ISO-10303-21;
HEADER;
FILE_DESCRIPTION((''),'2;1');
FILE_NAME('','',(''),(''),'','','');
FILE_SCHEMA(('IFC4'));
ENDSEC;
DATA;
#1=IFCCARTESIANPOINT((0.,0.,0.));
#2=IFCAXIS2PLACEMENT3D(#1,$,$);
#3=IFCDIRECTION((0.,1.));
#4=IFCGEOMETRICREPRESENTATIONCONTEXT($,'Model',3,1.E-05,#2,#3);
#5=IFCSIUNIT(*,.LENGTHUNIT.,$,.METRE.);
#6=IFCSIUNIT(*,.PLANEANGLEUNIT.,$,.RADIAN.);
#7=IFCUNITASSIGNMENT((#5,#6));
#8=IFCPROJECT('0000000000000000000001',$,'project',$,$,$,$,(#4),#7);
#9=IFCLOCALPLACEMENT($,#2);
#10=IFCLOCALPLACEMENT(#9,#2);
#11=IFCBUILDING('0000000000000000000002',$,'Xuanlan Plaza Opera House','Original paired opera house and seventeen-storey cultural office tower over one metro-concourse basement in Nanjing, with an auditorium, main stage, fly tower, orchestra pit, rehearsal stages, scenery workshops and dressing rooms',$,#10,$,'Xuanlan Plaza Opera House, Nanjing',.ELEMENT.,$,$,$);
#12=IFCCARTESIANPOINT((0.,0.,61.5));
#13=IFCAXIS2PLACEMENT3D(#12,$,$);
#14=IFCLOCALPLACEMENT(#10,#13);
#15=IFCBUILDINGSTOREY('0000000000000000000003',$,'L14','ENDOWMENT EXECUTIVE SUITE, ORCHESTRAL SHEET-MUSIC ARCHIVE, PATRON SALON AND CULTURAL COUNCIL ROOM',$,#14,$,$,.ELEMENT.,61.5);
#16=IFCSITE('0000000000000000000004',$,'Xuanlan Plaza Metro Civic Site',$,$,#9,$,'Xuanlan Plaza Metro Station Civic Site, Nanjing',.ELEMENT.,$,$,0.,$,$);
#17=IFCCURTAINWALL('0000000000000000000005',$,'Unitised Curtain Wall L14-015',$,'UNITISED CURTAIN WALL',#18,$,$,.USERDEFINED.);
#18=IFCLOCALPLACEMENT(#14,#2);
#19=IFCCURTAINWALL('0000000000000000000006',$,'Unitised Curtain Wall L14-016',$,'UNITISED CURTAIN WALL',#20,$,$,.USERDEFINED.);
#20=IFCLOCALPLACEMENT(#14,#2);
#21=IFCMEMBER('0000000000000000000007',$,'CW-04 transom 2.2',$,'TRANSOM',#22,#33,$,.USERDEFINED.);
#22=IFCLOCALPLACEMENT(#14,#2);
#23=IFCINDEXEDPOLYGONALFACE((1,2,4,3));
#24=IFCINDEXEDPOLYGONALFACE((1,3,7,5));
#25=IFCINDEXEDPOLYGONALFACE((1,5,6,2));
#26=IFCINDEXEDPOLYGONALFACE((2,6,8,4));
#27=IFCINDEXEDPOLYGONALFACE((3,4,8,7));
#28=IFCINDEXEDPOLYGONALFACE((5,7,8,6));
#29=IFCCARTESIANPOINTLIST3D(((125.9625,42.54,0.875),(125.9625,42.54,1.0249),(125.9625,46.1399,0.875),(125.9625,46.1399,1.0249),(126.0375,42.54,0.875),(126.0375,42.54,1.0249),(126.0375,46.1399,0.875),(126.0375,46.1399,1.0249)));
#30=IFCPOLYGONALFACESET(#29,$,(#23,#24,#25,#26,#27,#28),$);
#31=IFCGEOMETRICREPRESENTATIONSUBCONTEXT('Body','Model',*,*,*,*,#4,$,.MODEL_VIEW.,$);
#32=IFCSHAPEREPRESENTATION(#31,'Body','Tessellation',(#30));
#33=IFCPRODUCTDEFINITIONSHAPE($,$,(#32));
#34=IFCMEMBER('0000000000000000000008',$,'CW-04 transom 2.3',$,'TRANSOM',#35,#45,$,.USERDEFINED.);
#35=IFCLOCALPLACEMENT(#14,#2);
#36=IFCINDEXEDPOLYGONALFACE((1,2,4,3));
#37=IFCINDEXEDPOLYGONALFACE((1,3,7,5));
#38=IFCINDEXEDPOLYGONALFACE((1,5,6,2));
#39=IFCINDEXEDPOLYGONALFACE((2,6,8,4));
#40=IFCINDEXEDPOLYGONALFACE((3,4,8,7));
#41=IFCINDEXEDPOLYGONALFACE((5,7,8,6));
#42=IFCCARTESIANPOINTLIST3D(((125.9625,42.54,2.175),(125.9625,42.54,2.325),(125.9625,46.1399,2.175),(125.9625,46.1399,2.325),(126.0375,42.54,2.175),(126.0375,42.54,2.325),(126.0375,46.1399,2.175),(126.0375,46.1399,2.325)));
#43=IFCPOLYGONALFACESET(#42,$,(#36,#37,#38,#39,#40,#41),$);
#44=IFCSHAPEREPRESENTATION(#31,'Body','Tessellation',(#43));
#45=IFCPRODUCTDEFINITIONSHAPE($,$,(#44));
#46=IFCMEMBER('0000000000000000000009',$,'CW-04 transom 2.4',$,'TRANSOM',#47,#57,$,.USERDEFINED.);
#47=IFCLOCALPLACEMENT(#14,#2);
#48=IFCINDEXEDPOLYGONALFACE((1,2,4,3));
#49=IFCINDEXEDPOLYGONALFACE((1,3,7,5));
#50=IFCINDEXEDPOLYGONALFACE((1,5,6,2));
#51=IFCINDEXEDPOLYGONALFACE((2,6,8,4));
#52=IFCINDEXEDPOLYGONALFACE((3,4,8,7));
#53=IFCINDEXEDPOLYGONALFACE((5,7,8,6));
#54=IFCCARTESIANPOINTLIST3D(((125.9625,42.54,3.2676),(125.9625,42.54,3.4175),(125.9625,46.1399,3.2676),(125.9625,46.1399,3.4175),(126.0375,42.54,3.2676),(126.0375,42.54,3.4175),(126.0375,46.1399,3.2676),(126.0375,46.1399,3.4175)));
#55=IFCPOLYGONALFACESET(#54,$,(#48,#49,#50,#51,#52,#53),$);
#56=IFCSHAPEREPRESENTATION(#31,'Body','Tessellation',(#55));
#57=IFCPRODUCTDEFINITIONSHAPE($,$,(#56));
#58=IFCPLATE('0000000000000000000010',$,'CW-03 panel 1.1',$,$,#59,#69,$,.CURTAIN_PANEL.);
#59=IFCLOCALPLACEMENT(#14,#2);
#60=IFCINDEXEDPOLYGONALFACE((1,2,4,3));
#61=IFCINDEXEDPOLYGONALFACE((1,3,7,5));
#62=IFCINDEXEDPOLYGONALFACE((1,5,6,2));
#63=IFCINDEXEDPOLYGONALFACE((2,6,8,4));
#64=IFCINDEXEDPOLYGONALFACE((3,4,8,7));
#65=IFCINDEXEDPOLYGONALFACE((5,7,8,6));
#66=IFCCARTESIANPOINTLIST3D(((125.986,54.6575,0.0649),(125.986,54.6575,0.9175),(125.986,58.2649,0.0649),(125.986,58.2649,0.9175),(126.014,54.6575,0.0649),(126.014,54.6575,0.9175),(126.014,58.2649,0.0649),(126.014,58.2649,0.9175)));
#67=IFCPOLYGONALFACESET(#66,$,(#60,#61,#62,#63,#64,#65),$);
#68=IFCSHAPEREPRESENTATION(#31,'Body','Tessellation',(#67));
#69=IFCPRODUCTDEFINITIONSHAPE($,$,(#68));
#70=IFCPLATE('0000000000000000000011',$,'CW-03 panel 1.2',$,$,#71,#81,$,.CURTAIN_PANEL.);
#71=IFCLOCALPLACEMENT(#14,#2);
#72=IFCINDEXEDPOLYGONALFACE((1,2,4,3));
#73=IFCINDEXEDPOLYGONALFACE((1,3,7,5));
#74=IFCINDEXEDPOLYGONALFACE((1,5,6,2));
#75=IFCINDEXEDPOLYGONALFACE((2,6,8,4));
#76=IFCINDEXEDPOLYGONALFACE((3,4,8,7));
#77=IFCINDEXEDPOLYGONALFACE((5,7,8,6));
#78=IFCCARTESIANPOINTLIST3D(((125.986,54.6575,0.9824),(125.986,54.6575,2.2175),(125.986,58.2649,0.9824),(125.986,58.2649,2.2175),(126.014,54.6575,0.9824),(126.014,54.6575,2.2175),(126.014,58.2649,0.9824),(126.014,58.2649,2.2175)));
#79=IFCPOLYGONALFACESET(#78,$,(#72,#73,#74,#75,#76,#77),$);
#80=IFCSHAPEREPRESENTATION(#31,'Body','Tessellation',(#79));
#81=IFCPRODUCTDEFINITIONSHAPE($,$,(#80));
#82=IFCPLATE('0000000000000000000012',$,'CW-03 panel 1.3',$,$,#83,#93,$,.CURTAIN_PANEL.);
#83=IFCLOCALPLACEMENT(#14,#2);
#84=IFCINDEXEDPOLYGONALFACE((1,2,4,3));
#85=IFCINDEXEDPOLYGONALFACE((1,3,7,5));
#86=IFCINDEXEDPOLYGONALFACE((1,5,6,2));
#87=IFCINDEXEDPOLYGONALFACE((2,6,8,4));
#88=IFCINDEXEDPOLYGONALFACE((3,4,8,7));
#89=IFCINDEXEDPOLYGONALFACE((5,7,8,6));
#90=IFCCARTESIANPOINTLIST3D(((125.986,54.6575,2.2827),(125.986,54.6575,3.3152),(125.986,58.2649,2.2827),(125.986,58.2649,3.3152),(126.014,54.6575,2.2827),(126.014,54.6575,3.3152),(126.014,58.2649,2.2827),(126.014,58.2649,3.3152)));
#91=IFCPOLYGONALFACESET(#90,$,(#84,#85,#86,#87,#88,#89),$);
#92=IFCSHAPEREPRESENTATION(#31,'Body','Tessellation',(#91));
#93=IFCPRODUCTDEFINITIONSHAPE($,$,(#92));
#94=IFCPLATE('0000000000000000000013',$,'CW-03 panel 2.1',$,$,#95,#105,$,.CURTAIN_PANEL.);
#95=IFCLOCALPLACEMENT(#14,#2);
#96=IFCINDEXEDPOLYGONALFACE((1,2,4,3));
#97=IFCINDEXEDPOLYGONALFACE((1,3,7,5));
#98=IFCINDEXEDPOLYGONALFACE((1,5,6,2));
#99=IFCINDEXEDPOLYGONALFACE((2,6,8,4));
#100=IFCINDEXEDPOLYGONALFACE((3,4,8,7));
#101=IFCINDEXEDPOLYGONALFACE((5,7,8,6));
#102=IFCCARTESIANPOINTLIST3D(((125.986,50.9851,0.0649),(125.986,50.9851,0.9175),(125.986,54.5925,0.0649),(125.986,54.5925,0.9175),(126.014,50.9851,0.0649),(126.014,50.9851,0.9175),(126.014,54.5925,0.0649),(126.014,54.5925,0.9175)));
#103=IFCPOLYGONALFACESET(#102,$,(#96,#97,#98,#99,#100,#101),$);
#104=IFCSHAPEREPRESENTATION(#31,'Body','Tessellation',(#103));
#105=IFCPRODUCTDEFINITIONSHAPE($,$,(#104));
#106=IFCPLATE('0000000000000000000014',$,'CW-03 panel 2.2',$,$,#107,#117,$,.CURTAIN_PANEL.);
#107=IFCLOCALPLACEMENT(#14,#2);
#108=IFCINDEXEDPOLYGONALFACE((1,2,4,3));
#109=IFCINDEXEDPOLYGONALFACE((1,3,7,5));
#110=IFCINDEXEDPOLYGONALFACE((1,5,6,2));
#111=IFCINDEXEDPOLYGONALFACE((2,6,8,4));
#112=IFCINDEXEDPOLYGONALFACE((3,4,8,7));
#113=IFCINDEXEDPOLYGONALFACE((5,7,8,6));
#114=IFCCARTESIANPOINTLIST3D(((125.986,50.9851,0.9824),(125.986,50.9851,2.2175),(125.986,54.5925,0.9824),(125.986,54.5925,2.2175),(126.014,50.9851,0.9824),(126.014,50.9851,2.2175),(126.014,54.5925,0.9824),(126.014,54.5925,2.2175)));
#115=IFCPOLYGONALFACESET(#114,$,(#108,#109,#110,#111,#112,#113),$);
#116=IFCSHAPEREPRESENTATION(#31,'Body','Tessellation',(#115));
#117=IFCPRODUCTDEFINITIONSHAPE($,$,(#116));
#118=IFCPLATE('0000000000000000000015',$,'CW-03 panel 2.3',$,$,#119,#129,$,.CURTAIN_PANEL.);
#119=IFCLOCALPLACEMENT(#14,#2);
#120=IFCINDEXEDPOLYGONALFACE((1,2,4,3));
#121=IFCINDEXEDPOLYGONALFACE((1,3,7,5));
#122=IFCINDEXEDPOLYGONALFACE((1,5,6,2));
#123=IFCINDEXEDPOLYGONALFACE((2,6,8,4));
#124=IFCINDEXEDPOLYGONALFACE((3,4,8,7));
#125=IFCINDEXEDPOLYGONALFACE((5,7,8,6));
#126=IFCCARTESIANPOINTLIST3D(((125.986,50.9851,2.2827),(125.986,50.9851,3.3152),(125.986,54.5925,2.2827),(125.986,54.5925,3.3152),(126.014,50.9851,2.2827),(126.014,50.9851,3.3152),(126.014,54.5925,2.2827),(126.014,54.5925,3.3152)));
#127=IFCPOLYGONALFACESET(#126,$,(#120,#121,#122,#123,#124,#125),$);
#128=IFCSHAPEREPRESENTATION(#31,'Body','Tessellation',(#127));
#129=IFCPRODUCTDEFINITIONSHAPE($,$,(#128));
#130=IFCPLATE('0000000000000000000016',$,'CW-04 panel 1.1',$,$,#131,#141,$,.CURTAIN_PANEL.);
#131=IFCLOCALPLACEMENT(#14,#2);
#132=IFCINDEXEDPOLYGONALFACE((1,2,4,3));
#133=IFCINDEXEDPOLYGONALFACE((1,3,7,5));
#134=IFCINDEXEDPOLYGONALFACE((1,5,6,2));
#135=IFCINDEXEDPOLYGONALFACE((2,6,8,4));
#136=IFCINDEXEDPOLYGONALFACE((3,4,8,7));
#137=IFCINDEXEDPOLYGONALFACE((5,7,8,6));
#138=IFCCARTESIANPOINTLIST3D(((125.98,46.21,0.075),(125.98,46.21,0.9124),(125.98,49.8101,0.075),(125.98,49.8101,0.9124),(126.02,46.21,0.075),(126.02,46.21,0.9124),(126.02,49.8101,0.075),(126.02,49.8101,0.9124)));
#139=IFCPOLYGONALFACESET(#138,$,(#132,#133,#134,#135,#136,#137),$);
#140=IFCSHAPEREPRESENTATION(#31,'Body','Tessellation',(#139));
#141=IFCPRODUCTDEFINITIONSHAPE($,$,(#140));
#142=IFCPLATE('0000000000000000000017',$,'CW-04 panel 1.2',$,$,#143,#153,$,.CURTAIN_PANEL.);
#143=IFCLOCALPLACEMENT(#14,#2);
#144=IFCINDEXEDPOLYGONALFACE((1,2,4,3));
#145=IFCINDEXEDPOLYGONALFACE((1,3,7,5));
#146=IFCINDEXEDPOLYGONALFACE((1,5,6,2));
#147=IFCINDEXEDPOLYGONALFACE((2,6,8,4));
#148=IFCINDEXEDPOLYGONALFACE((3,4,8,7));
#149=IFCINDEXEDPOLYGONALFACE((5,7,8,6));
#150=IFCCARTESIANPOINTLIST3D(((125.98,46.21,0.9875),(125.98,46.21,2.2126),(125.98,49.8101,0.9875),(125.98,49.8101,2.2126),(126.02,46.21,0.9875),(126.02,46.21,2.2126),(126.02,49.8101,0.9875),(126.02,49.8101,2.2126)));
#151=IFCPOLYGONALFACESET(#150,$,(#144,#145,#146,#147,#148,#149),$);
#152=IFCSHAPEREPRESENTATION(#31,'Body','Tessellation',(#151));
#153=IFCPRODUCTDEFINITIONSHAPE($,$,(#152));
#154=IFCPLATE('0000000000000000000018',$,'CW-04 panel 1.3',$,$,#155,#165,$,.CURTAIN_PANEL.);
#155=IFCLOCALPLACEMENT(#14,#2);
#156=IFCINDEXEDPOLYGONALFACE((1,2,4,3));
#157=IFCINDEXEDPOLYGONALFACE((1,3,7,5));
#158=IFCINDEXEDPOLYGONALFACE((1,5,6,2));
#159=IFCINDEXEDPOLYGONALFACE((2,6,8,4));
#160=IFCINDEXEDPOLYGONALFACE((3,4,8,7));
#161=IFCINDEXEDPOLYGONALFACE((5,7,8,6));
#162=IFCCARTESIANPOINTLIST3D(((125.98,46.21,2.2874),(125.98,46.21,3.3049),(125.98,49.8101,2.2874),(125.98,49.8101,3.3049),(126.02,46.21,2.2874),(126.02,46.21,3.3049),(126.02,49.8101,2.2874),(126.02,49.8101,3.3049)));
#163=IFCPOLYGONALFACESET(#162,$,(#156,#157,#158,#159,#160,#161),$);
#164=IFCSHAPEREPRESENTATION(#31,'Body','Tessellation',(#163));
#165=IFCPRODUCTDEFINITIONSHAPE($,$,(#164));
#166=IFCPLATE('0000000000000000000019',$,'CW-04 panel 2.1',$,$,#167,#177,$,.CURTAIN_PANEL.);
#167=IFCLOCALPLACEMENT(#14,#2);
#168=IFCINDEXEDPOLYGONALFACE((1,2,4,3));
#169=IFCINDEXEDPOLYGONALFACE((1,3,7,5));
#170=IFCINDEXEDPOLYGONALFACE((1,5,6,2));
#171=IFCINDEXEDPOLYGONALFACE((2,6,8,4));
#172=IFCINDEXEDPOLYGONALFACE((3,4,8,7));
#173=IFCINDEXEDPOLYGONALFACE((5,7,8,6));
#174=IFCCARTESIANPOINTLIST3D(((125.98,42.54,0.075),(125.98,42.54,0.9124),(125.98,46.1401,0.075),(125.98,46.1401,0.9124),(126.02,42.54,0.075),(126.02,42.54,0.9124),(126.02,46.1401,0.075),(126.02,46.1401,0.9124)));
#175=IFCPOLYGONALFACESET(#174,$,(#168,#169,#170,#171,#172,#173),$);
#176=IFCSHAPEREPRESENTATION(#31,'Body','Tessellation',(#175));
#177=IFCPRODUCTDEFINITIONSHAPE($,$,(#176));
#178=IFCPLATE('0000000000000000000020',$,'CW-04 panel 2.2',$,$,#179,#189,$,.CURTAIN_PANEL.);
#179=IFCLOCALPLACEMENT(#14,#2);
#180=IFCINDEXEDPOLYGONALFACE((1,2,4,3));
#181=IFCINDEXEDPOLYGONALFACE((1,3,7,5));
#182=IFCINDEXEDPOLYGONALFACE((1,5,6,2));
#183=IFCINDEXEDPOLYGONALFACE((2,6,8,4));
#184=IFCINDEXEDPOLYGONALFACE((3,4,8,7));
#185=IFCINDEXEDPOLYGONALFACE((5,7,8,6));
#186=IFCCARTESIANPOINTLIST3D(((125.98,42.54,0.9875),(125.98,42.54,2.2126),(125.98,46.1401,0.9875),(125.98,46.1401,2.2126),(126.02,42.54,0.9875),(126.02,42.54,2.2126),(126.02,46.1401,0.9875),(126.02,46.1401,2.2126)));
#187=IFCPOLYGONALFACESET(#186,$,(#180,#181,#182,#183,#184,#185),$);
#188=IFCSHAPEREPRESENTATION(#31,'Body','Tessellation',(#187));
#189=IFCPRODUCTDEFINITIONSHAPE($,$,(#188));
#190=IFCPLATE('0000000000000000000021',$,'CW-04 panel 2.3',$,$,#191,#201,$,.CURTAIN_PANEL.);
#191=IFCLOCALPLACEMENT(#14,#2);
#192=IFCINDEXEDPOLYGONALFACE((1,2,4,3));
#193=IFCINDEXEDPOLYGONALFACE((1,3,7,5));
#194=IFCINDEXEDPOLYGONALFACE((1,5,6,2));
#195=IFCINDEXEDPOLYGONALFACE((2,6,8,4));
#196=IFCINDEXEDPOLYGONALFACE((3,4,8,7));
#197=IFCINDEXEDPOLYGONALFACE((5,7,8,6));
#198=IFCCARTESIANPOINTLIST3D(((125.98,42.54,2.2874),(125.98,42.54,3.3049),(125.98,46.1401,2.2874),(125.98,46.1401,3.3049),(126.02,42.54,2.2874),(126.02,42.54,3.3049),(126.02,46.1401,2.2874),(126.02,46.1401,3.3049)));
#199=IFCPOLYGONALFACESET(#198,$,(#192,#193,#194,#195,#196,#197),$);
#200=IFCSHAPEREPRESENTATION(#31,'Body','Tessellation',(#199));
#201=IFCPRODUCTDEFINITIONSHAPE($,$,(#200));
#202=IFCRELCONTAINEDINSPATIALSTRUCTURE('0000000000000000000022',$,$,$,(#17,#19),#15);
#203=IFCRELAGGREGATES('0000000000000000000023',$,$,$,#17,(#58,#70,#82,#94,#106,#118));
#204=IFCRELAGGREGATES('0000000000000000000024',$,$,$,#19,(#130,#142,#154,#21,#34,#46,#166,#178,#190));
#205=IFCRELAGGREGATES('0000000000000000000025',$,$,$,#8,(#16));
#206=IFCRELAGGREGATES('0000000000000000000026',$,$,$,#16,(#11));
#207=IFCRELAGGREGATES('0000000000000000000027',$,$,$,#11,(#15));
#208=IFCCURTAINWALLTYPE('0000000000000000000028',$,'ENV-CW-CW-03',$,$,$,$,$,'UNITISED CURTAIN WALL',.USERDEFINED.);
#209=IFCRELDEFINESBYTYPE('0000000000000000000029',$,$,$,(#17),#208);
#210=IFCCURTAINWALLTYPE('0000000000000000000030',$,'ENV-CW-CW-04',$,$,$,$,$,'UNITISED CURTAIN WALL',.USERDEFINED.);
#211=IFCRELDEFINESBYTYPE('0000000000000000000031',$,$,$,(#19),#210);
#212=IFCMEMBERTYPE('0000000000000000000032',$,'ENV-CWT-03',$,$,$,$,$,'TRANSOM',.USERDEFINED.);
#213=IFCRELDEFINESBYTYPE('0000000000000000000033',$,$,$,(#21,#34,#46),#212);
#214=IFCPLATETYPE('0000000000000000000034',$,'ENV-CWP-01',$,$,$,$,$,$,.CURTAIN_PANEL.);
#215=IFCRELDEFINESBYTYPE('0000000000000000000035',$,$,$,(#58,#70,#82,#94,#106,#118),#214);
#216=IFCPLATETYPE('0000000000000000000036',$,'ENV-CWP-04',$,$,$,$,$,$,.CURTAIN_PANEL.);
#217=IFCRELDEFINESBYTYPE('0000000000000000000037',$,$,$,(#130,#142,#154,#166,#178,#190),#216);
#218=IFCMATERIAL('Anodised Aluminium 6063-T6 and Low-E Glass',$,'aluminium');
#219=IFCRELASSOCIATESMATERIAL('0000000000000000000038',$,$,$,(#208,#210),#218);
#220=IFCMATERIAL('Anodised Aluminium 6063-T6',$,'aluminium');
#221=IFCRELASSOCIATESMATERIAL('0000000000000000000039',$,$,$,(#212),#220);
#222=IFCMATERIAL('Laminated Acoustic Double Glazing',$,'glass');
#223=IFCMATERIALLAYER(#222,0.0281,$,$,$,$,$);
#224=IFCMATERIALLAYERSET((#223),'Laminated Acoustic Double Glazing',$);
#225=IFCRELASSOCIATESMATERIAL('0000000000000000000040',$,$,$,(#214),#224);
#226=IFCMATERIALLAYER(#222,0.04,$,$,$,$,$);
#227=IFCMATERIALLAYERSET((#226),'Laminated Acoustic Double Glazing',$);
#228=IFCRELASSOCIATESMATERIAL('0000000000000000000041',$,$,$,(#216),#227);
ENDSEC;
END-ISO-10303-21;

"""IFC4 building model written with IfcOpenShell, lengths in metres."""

from ifc_helpers import new_model, si_unit, direction, frame, origin, origin_2d, place, context, subcontext, project, spatial, rectangle, extrude, material, layer, layer_set, material_profile, profile_set, type_object, element, aggregate, save


model = new_model("IFC4")

# Units and contexts
model_context = context("Model", 3, precision=1e-05, world=origin(), true_north=direction((0.0, 1.0)))
body_context = subcontext(model_context, "Body", "Model", "MODEL_VIEW")
ifc_project = project(units=[si_unit("LENGTHUNIT", "METRE"), si_unit("PLANEANGLEUNIT", "RADIAN")], contexts=[model_context])

# Site, building, storey
site_placement = place(None, origin())
site = spatial("IfcSite", under=ifc_project, at=site_placement, Name="Xuanlan Plaza Metro Civic Site", LongName="Xuanlan Plaza Metro Station Civic Site, Nanjing", CompositionType="ELEMENT", RefElevation=0.0)
building_placement = place(site_placement, origin())
building = spatial("IfcBuilding", under=site, at=building_placement, Name="Xuanlan Plaza Opera House", Description="Original paired opera house and seventeen-storey cultural office tower over one metro-concourse basement in Nanjing, with an auditorium, main stage, fly tower, orchestra pit, rehearsal stages, scenery workshops and dressing rooms", LongName="Xuanlan Plaza Opera House, Nanjing", CompositionType="ELEMENT")
storey_placement = place(building_placement, frame((0.0, 0.0, 61.5)))
storey = spatial("IfcBuildingStorey", under=building, at=storey_placement, Name="L14", Description="ENDOWMENT EXECUTIVE SUITE, ORCHESTRAL SHEET-MUSIC ARCHIVE, PATRON SALON AND CULTURAL COUNCIL ROOM", CompositionType="ELEMENT", Elevation=61.5)

# Curtain walls
ifc_material_1 = material(Name="Anodised Aluminium 6063-T6 and Low-E Glass", Category="aluminium")
curtain_wall_type_1 = type_object("IfcCurtainWallType", Name="ENV-CW-CW-03", ElementType="UNITISED CURTAIN WALL", PredefinedType="USERDEFINED", material=ifc_material_1)
curtain_wall_1_placement = place(storey_placement, origin())
curtain_wall_1 = element("IfcCurtainWall", 1, at=curtain_wall_1_placement, inside=storey, type_object=curtain_wall_type_1, Name="Unitised Curtain Wall L14-015", ObjectType="UNITISED CURTAIN WALL", PredefinedType="USERDEFINED")
ifc_material_2 = material(Name="Anodised Aluminium 6063-T6", Category="aluminium")
curtain_wall_type_2 = type_object("IfcCurtainWallType", Name="ENV-CW-CW-04", ElementType="UNITISED CURTAIN WALL", PredefinedType="USERDEFINED", material=ifc_material_1)
curtain_wall_2_placement = place(storey_placement, origin())
curtain_wall_2 = element("IfcCurtainWall", 2, at=curtain_wall_2_placement, inside=storey, type_object=curtain_wall_type_2, Name="Unitised Curtain Wall L14-016", ObjectType="UNITISED CURTAIN WALL", PredefinedType="USERDEFINED")

# Members
ifc_material_profile_1 = material_profile(ifc_material_2, rectangle(XDim=0.075, YDim=0.1499, at=origin_2d()), Name="ALU-T 75x150")
ifc_profile_set_1 = profile_set([ifc_material_profile_1], Name="Anodised Aluminium 6063-T6")
member_type_1 = type_object("IfcMemberType", Name="ENV-CWT-03", ElementType="TRANSOM", PredefinedType="USERDEFINED", material=ifc_profile_set_1)
member_1_placement = place(storey_placement, frame((126.0, 46.1399, 0.95), z_axis=(0.0, -1.0, 0.0), x_axis=(1.0, 0.0, 0.0)))
member_1 = element("IfcMember", 3, at=member_1_placement, type_object=member_type_1, Name="CW-04 transom 2.2", ObjectType="TRANSOM", PredefinedType="USERDEFINED", context=body_context, shape_type="SweptSolid", body=[
    extrude(rectangle(XDim=0.075, YDim=0.1499, at=origin_2d()), origin(), (0.0, 0.0, 1.0), 3.5999),
])
member_2_placement = place(storey_placement, frame((126.0, 46.1399, 2.25), z_axis=(0.0, -1.0, 0.0), x_axis=(1.0, 0.0, 0.0)))
member_2 = element("IfcMember", 4, at=member_2_placement, type_object=member_type_1, Name="CW-04 transom 2.3", ObjectType="TRANSOM", PredefinedType="USERDEFINED", context=body_context, shape_type="SweptSolid", body=[
    extrude(rectangle(XDim=0.075, YDim=0.1499, at=origin_2d()), origin(), (0.0, 0.0, 1.0), 3.5999),
])
member_3_placement = place(storey_placement, frame((126.0, 46.1399, 3.3425), z_axis=(0.0, -1.0, 0.0), x_axis=(1.0, 0.0, 0.0)))
member_3 = element("IfcMember", 5, at=member_3_placement, type_object=member_type_1, Name="CW-04 transom 2.4", ObjectType="TRANSOM", PredefinedType="USERDEFINED", context=body_context, shape_type="SweptSolid", body=[
    extrude(rectangle(XDim=0.075, YDim=0.1499, at=origin_2d()), origin(), (0.0, 0.0, 1.0), 3.5999),
])

# Plates
ifc_material_3 = material(Name="Laminated Acoustic Double Glazing", Category="glass")
ifc_layer_1 = layer(ifc_material_3, 0.0281)
ifc_layer_set_1 = layer_set([ifc_layer_1], Name="Laminated Acoustic Double Glazing")
plate_type_1 = type_object("IfcPlateType", Name="ENV-CWP-01", PredefinedType="CURTAIN_PANEL", material=ifc_layer_set_1)
plate_1_placement = place(storey_placement, frame((126.0, 56.4612, 0.0649), z_axis=(0.0, 0.0, 1.0), x_axis=(0.0, -1.0, 0.0)))
plate_1 = element("IfcPlate", 6, at=plate_1_placement, type_object=plate_type_1, Name="CW-03 panel 1.1", PredefinedType="CURTAIN_PANEL", context=body_context, shape_type="SweptSolid", body=[
    extrude(rectangle(XDim=3.6074, YDim=0.0281, at=origin_2d()), origin(), (0.0, 0.0, 1.0), 0.8525),
])
plate_2_placement = place(storey_placement, frame((126.0, 56.4612, 0.9824), z_axis=(0.0, 0.0, 1.0), x_axis=(0.0, -1.0, 0.0)))
plate_2 = element("IfcPlate", 7, at=plate_2_placement, type_object=plate_type_1, Name="CW-03 panel 1.2", PredefinedType="CURTAIN_PANEL", context=body_context, shape_type="SweptSolid", body=[
    extrude(rectangle(XDim=3.6074, YDim=0.0281, at=origin_2d()), origin(), (0.0, 0.0, 1.0), 1.2351),
])
plate_3_placement = place(storey_placement, frame((126.0, 56.4612, 2.2827), z_axis=(0.0, 0.0, 1.0), x_axis=(0.0, -1.0, 0.0)))
plate_3 = element("IfcPlate", 8, at=plate_3_placement, type_object=plate_type_1, Name="CW-03 panel 1.3", PredefinedType="CURTAIN_PANEL", context=body_context, shape_type="SweptSolid", body=[
    extrude(rectangle(XDim=3.6074, YDim=0.0281, at=origin_2d()), origin(), (0.0, 0.0, 1.0), 1.0325),
])
plate_4_placement = place(storey_placement, frame((126.0, 52.7888, 0.0649), z_axis=(0.0, 0.0, 1.0), x_axis=(0.0, -1.0, 0.0)))
plate_4 = element("IfcPlate", 9, at=plate_4_placement, type_object=plate_type_1, Name="CW-03 panel 2.1", PredefinedType="CURTAIN_PANEL", context=body_context, shape_type="SweptSolid", body=[
    extrude(rectangle(XDim=3.6074, YDim=0.0281, at=origin_2d()), origin(), (0.0, 0.0, 1.0), 0.8525),
])
plate_5_placement = place(storey_placement, frame((126.0, 52.7888, 0.9824), z_axis=(0.0, 0.0, 1.0), x_axis=(0.0, -1.0, 0.0)))
plate_5 = element("IfcPlate", 10, at=plate_5_placement, type_object=plate_type_1, Name="CW-03 panel 2.2", PredefinedType="CURTAIN_PANEL", context=body_context, shape_type="SweptSolid", body=[
    extrude(rectangle(XDim=3.6074, YDim=0.0281, at=origin_2d()), origin(), (0.0, 0.0, 1.0), 1.2351),
])
plate_6_placement = place(storey_placement, frame((126.0, 52.7888, 2.2827), z_axis=(0.0, 0.0, 1.0), x_axis=(0.0, -1.0, 0.0)))
plate_6 = element("IfcPlate", 11, at=plate_6_placement, type_object=plate_type_1, Name="CW-03 panel 2.3", PredefinedType="CURTAIN_PANEL", context=body_context, shape_type="SweptSolid", body=[
    extrude(rectangle(XDim=3.6074, YDim=0.0281, at=origin_2d()), origin(), (0.0, 0.0, 1.0), 1.0325),
])
aggregate(curtain_wall_1, [plate_1, plate_2, plate_3, plate_4, plate_5, plate_6])
ifc_layer_2 = layer(ifc_material_3, 0.04)
ifc_layer_set_2 = layer_set([ifc_layer_2], Name="Laminated Acoustic Double Glazing")
plate_type_2 = type_object("IfcPlateType", Name="ENV-CWP-04", PredefinedType="CURTAIN_PANEL", material=ifc_layer_set_2)
plate_7_placement = place(storey_placement, frame((126.0, 48.01, 0.075), z_axis=(0.0, 0.0, 1.0), x_axis=(0.0, -1.0, 0.0)))
plate_7 = element("IfcPlate", 12, at=plate_7_placement, type_object=plate_type_2, Name="CW-04 panel 1.1", PredefinedType="CURTAIN_PANEL", context=body_context, shape_type="SweptSolid", body=[
    extrude(rectangle(XDim=3.6001, YDim=0.04, at=origin_2d()), origin(), (0.0, 0.0, 1.0), 0.8374),
])
plate_8_placement = place(storey_placement, frame((126.0, 48.01, 0.9875), z_axis=(0.0, 0.0, 1.0), x_axis=(0.0, -1.0, 0.0)))
plate_8 = element("IfcPlate", 13, at=plate_8_placement, type_object=plate_type_2, Name="CW-04 panel 1.2", PredefinedType="CURTAIN_PANEL", context=body_context, shape_type="SweptSolid", body=[
    extrude(rectangle(XDim=3.6001, YDim=0.04, at=origin_2d()), origin(), (0.0, 0.0, 1.0), 1.2251),
])
plate_9_placement = place(storey_placement, frame((126.0, 48.01, 2.2874), z_axis=(0.0, 0.0, 1.0), x_axis=(0.0, -1.0, 0.0)))
plate_9 = element("IfcPlate", 14, at=plate_9_placement, type_object=plate_type_2, Name="CW-04 panel 1.3", PredefinedType="CURTAIN_PANEL", context=body_context, shape_type="SweptSolid", body=[
    extrude(rectangle(XDim=3.6001, YDim=0.04, at=origin_2d()), origin(), (0.0, 0.0, 1.0), 1.0176),
])
plate_10_placement = place(storey_placement, frame((126.0, 44.3401, 0.075), z_axis=(0.0, 0.0, 1.0), x_axis=(0.0, -1.0, 0.0)))
plate_10 = element("IfcPlate", 15, at=plate_10_placement, type_object=plate_type_2, Name="CW-04 panel 2.1", PredefinedType="CURTAIN_PANEL", context=body_context, shape_type="SweptSolid", body=[
    extrude(rectangle(XDim=3.6001, YDim=0.04, at=origin_2d()), origin(), (0.0, 0.0, 1.0), 0.8374),
])
plate_11_placement = place(storey_placement, frame((126.0, 44.3401, 0.9875), z_axis=(0.0, 0.0, 1.0), x_axis=(0.0, -1.0, 0.0)))
plate_11 = element("IfcPlate", 16, at=plate_11_placement, type_object=plate_type_2, Name="CW-04 panel 2.2", PredefinedType="CURTAIN_PANEL", context=body_context, shape_type="SweptSolid", body=[
    extrude(rectangle(XDim=3.6001, YDim=0.04, at=origin_2d()), origin(), (0.0, 0.0, 1.0), 1.2251),
])
plate_12_placement = place(storey_placement, frame((126.0, 44.3401, 2.2874), z_axis=(0.0, 0.0, 1.0), x_axis=(0.0, -1.0, 0.0)))
plate_12 = element("IfcPlate", 17, at=plate_12_placement, type_object=plate_type_2, Name="CW-04 panel 2.3", PredefinedType="CURTAIN_PANEL", context=body_context, shape_type="SweptSolid", body=[
    extrude(rectangle(XDim=3.6001, YDim=0.04, at=origin_2d()), origin(), (0.0, 0.0, 1.0), 1.0176),
])
aggregate(curtain_wall_2, [plate_7, plate_8, plate_9, member_1, member_2, member_3, plate_10, plate_11, plate_12])

save(model, "model.ifc")
